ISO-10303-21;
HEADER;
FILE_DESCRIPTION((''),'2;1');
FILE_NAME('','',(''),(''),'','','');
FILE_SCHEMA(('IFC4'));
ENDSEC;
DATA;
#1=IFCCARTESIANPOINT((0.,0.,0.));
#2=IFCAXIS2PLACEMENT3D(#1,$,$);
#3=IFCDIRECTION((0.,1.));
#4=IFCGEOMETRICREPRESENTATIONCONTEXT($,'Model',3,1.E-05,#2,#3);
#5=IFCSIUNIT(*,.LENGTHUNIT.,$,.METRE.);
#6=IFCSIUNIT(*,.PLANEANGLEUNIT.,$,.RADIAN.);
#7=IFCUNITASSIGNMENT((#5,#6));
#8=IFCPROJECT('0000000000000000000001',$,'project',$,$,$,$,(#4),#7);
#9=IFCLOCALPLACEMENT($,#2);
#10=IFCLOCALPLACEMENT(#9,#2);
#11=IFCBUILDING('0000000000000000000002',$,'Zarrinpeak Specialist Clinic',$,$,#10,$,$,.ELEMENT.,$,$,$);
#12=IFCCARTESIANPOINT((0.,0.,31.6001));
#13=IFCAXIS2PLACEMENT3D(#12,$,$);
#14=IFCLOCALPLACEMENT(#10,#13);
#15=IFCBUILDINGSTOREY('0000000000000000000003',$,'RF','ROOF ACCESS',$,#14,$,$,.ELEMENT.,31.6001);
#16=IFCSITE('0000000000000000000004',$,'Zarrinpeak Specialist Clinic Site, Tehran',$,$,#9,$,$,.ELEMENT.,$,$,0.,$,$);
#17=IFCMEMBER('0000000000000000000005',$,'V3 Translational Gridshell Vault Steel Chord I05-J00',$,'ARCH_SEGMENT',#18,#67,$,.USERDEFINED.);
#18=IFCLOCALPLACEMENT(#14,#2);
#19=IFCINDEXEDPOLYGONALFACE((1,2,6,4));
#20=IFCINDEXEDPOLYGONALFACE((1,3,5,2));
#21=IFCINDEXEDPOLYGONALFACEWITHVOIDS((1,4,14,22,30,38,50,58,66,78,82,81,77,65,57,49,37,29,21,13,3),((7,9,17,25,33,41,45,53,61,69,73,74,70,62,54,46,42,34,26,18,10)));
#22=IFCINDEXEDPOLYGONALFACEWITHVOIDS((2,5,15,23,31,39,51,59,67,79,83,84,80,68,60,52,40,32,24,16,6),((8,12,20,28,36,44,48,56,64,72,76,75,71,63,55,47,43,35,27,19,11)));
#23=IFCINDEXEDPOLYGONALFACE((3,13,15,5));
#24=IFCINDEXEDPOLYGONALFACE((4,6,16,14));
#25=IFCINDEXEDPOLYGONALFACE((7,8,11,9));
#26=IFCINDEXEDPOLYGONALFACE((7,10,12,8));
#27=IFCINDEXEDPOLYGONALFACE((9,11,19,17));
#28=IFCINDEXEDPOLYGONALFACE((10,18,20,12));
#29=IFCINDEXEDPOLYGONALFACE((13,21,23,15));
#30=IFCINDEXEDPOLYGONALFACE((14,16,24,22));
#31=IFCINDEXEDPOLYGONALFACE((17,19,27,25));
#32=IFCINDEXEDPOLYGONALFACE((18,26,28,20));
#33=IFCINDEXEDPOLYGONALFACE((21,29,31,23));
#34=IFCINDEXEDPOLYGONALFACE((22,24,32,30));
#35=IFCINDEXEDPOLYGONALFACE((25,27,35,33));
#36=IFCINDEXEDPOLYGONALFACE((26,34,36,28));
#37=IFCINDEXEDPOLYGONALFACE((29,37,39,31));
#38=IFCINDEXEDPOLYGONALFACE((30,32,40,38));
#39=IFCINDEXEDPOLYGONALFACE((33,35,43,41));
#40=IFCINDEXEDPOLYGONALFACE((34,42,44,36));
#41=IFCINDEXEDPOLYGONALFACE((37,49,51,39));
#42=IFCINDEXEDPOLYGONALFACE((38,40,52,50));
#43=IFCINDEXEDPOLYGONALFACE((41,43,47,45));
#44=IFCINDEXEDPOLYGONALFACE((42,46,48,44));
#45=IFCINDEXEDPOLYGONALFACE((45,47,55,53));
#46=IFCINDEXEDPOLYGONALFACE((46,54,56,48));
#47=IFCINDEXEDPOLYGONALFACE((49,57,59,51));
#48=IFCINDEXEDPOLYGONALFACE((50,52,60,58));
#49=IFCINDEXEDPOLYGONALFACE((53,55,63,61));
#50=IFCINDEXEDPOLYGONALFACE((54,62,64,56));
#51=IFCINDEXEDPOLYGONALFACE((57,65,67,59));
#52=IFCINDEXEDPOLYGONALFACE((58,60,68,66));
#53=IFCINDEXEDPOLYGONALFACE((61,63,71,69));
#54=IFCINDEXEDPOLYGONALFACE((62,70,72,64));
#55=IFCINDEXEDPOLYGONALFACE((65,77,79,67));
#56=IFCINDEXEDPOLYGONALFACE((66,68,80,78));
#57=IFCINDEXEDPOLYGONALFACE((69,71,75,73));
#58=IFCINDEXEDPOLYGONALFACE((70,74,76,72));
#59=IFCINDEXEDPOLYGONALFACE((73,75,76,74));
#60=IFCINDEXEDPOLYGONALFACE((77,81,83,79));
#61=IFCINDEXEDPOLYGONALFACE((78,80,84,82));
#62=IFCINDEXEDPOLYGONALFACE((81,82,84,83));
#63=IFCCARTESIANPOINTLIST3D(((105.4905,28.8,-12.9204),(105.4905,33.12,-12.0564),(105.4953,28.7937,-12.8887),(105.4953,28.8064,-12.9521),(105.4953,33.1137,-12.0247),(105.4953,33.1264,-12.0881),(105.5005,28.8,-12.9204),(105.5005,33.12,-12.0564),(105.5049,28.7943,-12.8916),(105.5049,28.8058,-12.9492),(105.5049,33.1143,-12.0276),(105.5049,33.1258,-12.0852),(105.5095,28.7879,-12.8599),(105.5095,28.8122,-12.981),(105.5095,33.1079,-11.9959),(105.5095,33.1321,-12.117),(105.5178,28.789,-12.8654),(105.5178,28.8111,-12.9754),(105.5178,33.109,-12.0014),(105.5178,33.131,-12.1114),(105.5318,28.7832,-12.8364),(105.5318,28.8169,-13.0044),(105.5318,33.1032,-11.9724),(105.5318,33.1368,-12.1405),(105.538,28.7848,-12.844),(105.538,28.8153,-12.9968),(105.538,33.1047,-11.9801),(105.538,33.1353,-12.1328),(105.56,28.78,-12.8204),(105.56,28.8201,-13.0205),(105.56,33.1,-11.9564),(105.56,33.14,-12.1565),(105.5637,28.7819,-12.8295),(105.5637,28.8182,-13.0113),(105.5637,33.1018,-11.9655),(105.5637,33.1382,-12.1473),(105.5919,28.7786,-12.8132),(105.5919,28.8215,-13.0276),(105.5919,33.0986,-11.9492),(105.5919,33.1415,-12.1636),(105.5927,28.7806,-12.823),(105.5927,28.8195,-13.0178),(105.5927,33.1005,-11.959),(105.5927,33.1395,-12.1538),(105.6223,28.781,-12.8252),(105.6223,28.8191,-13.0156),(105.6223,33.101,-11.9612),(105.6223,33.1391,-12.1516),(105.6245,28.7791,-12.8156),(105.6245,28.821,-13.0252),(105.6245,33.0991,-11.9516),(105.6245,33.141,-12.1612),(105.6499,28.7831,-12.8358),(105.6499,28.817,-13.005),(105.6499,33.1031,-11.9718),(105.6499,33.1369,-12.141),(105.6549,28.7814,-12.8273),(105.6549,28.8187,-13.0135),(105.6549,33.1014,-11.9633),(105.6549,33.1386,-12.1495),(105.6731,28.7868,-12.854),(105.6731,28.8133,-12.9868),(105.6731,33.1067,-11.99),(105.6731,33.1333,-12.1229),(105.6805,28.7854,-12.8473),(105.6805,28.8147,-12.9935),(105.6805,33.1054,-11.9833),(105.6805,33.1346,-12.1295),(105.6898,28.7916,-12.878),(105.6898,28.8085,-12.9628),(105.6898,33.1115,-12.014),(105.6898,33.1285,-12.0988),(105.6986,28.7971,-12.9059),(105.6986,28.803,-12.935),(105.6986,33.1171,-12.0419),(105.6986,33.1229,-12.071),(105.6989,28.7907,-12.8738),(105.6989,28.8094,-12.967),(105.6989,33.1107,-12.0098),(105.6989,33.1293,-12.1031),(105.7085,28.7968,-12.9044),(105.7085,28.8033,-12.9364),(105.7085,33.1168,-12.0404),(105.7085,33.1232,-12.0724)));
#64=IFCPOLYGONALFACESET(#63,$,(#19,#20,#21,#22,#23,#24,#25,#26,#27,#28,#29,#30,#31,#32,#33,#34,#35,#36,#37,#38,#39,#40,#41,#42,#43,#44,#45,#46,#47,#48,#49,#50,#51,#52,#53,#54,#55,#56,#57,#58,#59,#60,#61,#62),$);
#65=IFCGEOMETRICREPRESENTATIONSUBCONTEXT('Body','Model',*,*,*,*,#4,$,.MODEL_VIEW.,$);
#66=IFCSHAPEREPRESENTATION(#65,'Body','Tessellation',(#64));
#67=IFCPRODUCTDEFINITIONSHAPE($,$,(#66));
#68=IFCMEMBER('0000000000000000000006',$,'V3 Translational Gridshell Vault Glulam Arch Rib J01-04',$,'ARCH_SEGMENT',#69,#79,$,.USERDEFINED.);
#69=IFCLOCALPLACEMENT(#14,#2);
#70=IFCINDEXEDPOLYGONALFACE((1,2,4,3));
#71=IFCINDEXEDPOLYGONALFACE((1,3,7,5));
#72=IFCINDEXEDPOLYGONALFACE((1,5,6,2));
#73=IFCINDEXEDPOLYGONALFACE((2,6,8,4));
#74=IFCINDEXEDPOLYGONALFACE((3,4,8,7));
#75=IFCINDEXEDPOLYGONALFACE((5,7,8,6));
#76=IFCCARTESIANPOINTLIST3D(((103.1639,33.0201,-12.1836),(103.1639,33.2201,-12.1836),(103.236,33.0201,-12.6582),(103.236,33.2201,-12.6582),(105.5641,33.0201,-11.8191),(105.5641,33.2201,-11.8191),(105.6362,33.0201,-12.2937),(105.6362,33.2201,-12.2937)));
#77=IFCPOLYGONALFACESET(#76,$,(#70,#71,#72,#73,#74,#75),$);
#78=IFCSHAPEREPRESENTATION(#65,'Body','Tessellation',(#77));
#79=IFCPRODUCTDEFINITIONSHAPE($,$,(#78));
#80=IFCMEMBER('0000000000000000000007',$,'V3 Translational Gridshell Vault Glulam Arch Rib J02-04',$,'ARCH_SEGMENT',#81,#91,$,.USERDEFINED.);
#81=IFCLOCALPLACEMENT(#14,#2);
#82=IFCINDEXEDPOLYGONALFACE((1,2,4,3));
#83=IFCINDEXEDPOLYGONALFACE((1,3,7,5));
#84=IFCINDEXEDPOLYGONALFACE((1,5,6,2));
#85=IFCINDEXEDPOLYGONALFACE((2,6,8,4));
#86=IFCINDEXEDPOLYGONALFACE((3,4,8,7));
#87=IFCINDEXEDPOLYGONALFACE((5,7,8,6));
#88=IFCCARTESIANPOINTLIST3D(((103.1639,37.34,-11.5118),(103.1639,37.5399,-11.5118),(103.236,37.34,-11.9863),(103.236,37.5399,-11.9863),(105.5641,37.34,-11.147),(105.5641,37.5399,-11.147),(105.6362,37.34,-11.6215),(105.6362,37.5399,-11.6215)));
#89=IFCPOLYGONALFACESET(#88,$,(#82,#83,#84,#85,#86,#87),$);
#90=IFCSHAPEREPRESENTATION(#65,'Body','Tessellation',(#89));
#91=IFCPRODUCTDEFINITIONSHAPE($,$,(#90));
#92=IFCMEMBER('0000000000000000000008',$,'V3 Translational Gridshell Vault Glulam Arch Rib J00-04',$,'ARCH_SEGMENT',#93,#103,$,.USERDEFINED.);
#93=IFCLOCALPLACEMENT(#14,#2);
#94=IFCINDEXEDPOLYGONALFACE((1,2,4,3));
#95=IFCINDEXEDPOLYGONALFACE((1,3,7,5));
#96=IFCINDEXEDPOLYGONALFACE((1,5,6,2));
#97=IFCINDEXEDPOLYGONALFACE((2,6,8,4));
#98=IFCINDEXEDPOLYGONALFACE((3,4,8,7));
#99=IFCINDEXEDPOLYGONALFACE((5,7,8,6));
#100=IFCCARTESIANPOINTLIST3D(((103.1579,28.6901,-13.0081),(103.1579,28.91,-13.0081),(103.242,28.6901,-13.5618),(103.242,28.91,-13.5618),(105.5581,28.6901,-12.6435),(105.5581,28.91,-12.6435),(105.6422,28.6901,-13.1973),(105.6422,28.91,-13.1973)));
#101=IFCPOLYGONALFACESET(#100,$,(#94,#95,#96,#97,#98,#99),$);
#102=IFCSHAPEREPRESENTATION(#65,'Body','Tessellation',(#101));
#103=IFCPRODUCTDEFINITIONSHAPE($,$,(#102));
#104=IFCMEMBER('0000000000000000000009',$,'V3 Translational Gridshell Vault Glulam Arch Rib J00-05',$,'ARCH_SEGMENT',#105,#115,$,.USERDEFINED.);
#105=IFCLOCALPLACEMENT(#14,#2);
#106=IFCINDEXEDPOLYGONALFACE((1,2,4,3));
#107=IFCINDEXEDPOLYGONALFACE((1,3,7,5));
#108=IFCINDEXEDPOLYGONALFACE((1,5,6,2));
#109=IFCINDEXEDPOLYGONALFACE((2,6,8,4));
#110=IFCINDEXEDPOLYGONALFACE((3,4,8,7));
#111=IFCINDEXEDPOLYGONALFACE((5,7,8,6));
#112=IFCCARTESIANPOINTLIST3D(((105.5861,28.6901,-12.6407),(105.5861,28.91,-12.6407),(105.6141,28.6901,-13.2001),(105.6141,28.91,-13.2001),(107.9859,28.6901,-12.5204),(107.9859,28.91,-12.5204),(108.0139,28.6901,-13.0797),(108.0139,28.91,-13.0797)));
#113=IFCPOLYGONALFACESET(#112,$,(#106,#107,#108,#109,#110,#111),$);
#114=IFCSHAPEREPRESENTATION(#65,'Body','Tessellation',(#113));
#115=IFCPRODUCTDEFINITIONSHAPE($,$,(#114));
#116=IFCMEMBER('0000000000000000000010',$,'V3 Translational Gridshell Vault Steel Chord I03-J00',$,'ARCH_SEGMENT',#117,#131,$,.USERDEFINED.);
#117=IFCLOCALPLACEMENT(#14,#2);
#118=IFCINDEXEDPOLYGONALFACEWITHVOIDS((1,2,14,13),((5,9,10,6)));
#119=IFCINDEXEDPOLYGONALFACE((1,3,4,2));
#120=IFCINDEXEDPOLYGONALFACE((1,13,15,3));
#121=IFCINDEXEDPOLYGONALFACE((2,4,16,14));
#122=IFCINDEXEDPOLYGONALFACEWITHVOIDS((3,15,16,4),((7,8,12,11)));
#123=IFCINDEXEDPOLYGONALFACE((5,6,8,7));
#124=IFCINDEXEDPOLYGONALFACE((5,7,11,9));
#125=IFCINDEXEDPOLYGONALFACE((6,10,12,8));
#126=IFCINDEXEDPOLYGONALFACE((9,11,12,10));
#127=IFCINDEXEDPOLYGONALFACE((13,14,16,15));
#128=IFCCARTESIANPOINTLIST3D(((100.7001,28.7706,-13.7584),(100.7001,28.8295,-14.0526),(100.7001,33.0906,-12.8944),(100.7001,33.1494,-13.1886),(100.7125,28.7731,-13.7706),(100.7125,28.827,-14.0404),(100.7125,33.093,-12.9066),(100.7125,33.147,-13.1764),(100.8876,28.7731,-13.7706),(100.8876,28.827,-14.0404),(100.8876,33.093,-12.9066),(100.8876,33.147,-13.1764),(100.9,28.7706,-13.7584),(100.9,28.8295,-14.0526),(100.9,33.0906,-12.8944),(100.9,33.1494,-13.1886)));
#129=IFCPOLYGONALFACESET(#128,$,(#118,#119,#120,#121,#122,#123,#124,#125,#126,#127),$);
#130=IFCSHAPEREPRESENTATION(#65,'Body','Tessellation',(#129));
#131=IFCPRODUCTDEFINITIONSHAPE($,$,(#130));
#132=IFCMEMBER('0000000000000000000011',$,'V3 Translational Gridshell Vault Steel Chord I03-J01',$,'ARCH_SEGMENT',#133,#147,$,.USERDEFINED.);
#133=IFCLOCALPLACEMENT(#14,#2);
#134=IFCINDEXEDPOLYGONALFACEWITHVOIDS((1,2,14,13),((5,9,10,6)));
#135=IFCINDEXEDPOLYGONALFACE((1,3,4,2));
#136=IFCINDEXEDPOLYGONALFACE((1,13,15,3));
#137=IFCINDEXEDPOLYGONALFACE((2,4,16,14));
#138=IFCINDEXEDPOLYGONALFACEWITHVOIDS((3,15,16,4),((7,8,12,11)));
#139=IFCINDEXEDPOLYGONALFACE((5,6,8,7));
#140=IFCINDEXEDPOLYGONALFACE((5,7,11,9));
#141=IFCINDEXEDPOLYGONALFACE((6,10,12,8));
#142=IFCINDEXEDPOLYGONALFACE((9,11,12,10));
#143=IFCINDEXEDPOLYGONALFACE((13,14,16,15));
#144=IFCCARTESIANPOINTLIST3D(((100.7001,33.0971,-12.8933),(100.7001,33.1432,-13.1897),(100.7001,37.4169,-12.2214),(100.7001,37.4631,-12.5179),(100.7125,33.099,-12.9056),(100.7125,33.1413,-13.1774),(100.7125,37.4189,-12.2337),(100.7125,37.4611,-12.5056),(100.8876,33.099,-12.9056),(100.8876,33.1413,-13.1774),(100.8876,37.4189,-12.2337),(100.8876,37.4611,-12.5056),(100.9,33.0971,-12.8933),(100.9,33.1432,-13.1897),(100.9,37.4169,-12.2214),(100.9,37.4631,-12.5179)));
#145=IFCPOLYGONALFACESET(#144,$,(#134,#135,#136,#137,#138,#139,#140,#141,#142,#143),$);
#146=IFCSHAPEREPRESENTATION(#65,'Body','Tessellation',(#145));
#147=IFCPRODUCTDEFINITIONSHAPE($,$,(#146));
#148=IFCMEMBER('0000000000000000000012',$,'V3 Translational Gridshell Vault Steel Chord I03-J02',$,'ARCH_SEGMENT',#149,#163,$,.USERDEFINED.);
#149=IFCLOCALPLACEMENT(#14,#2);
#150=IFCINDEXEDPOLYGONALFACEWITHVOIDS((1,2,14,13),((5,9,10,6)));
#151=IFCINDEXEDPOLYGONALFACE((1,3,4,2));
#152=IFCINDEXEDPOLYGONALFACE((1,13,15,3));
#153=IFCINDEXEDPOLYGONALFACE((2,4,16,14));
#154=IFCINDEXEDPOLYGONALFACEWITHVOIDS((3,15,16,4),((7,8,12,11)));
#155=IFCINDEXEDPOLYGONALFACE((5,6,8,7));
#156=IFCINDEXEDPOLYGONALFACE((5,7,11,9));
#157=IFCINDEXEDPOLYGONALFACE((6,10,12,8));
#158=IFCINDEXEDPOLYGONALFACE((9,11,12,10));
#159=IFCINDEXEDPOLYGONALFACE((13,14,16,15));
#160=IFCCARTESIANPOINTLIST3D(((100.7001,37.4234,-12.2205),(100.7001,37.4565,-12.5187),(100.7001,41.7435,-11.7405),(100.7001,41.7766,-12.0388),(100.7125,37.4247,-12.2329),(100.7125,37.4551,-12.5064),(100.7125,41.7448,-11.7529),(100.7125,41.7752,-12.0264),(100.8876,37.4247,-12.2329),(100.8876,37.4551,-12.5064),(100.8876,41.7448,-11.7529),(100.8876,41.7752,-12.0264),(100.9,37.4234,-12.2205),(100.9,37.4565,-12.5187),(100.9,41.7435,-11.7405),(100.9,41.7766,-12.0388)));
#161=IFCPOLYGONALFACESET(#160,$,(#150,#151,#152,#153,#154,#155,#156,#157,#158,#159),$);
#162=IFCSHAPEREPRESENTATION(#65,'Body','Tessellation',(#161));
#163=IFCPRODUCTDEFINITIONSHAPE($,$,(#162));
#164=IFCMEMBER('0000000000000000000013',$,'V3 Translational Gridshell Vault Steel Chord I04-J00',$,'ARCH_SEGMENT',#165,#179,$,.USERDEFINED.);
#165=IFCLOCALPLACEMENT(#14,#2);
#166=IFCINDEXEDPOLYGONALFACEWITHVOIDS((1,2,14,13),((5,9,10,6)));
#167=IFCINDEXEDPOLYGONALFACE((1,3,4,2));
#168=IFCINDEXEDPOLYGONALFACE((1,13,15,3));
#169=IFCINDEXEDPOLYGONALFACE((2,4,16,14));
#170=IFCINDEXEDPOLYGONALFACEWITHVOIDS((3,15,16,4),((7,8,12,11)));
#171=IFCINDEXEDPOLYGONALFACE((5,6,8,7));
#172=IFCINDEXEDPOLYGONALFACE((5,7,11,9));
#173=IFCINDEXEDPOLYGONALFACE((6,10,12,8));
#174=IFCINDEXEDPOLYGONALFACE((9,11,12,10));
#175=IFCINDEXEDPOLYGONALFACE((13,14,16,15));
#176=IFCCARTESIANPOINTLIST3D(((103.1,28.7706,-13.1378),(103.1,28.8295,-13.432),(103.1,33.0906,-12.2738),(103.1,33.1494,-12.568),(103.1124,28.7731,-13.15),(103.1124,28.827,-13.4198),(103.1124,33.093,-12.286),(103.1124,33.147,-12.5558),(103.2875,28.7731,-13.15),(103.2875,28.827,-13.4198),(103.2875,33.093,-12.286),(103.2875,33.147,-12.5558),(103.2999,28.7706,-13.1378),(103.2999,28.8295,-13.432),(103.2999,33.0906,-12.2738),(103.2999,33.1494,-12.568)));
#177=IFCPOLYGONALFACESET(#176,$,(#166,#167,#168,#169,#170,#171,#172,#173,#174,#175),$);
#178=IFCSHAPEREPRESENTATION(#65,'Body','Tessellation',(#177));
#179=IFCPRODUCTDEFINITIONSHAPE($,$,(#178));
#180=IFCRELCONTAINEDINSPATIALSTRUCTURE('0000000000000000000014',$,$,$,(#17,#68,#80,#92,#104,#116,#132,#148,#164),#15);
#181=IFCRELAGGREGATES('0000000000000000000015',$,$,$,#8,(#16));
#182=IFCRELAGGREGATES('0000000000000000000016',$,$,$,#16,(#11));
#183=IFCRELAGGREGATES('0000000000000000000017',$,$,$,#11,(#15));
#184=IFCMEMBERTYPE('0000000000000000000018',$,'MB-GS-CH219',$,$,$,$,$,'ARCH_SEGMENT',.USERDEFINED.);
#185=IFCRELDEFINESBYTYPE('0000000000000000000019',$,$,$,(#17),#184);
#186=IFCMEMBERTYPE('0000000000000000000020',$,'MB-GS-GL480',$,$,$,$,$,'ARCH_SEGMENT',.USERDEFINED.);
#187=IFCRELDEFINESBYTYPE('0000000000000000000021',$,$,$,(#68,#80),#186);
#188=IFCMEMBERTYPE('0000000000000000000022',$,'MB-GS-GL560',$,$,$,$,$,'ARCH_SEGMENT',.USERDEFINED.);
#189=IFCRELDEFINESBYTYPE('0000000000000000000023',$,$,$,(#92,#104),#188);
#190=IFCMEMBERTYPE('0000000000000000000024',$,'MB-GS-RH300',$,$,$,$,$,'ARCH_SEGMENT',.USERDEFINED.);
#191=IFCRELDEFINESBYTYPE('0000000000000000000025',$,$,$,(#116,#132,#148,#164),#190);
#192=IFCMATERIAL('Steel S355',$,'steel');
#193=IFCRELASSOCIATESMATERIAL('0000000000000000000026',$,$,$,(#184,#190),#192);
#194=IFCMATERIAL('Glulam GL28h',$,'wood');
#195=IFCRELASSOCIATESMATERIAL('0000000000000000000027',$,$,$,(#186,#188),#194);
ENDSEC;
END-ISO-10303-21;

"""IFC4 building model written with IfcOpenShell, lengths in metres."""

from ifc_helpers import new_model, si_unit, direction, frame, origin, origin_2d, place, context, subcontext, project, spatial, rectangle, hollow_rectangle, hollow_circle, extrude, material, material_profile, profile_set, type_object, element, save


model = new_model("IFC4")

# Units and contexts
model_context = context("Model", 3, precision=1e-05, world=origin(), true_north=direction((0.0, 1.0)))
body_context = subcontext(model_context, "Body", "Model", "MODEL_VIEW")
ifc_project = project(units=[si_unit("LENGTHUNIT", "METRE"), si_unit("PLANEANGLEUNIT", "RADIAN")], contexts=[model_context])

# Site, building, storey
site_placement = place(None, origin())
site = spatial("IfcSite", under=ifc_project, at=site_placement, Name="Zarrinpeak Specialist Clinic Site, Tehran", CompositionType="ELEMENT", RefElevation=0.0)
building_placement = place(site_placement, origin())
building = spatial("IfcBuilding", under=site, at=building_placement, Name="Zarrinpeak Specialist Clinic", CompositionType="ELEMENT")
storey_placement = place(building_placement, frame((0.0, 0.0, 31.6001)))
storey = spatial("IfcBuildingStorey", under=building, at=storey_placement, Name="RF", Description="ROOF ACCESS", CompositionType="ELEMENT", Elevation=31.6001)

# Members
ifc_material_1 = material(Name="Steel S355", Category="steel")
ifc_material_profile_1 = material_profile(ifc_material_1, hollow_circle(Radius=0.1096, WallThickness=0.01, at=origin_2d()), Name="CHS 219.1x10.0")
ifc_profile_set_1 = profile_set([ifc_material_profile_1], Name="Steel S355")
member_type_1 = type_object("IfcMemberType", Name="MB-GS-CH219", ElementType="ARCH_SEGMENT", PredefinedType="USERDEFINED", material=ifc_profile_set_1)
member_1_placement = place(storey_placement, frame((105.6001, 28.8, -12.9204), z_axis=(0.0, 0.980581, 0.196116), x_axis=(-1.0, 0.0, 0.0)))
element("IfcMember", 1, at=member_1_placement, inside=storey, type_object=member_type_1, Name="V3 Translational Gridshell Vault Steel Chord I05-J00", ObjectType="ARCH_SEGMENT", PredefinedType="USERDEFINED", context=body_context, shape_type="SweptSolid", body=[
    extrude(hollow_circle(Radius=0.1096, WallThickness=0.01, at=origin_2d()), origin(), (0.0, 0.0, 1.0), 4.4055),
])
ifc_material_2 = material(Name="Glulam GL28h", Category="wood")
ifc_material_profile_2 = material_profile(ifc_material_2, rectangle(XDim=0.2, YDim=0.48, at=origin_2d()), Name="GL28h 200x480")
ifc_profile_set_2 = profile_set([ifc_material_profile_2], Name="Glulam GL28h")
member_type_2 = type_object("IfcMemberType", Name="MB-GS-GL480", ElementType="ARCH_SEGMENT", PredefinedType="USERDEFINED", material=ifc_profile_set_2)
for number, where, z_axis, x_axis, name in (
    (2, (103.2, 33.1201, -12.4209), (0.988664, 0.0, 0.150145), (0.0, 1.0, 0.0), "V3 Translational Gridshell Vault Glulam Arch Rib J01-04"),
    (3, (103.2, 37.4399, -11.749), (0.988649, 0.0, 0.150243), (0.0, 1.0, 0.0), "V3 Translational Gridshell Vault Glulam Arch Rib J02-04"),
):
    element("IfcMember", number, at=place(storey_placement, frame(where, z_axis=z_axis, x_axis=x_axis)), inside=storey, type_object=member_type_2, Name=name, ObjectType="ARCH_SEGMENT", PredefinedType="USERDEFINED", context=body_context, shape_type="SweptSolid", body=[
        extrude(rectangle(XDim=0.2, YDim=0.48, at=origin_2d()), origin(), (0.0, 0.0, 1.0), 2.4277),
    ])
ifc_material_profile_3 = material_profile(ifc_material_2, rectangle(XDim=0.22, YDim=0.5601, at=origin_2d()), Name="GL28h 220x560")
ifc_profile_set_3 = profile_set([ifc_material_profile_3], Name="Glulam GL28h")
member_type_3 = type_object("IfcMemberType", Name="MB-GS-GL560", ElementType="ARCH_SEGMENT", PredefinedType="USERDEFINED", material=ifc_profile_set_3)
member_2_placement = place(storey_placement, frame((103.2, 28.8, -13.2849), z_axis=(0.988664, 0.0, 0.150145), x_axis=(0.0, 1.0, 0.0)))
element("IfcMember", 4, at=member_2_placement, inside=storey, type_object=member_type_3, Name="V3 Translational Gridshell Vault Glulam Arch Rib J00-04", ObjectType="ARCH_SEGMENT", PredefinedType="USERDEFINED", context=body_context, shape_type="SweptSolid", body=[
    extrude(rectangle(XDim=0.22, YDim=0.5601, at=origin_2d()), origin(), (0.0, 0.0, 1.0), 2.4277),
])
member_3_placement = place(storey_placement, frame((105.6001, 28.8, -12.9204), z_axis=(0.998745, 0.0, 0.05009), x_axis=(0.0, 1.0, 0.0)))
element("IfcMember", 5, at=member_3_placement, inside=storey, type_object=member_type_3, Name="V3 Translational Gridshell Vault Glulam Arch Rib J00-05", ObjectType="ARCH_SEGMENT", PredefinedType="USERDEFINED", context=body_context, shape_type="SweptSolid", body=[
    extrude(rectangle(XDim=0.22, YDim=0.5601, at=origin_2d()), origin(), (0.0, 0.0, 1.0), 2.4028),
])
ifc_material_profile_4 = material_profile(ifc_material_1, hollow_rectangle(XDim=0.2, YDim=0.3, WallThickness=0.0125, at=origin_2d()), Name="RHS 300x200x12.5")
ifc_profile_set_4 = profile_set([ifc_material_profile_4], Name="Steel S355")
member_type_4 = type_object("IfcMemberType", Name="MB-GS-RH300", ElementType="ARCH_SEGMENT", PredefinedType="USERDEFINED", material=ifc_profile_set_4)
member_4_placement = place(storey_placement, frame((100.8, 28.8, -13.9055), z_axis=(0.0, 0.980581, 0.196116), x_axis=(-1.0, 0.0, 0.0)))
element("IfcMember", 6, at=member_4_placement, inside=storey, type_object=member_type_4, Name="V3 Translational Gridshell Vault Steel Chord I03-J00", ObjectType="ARCH_SEGMENT", PredefinedType="USERDEFINED", context=body_context, shape_type="SweptSolid", body=[
    extrude(hollow_rectangle(XDim=0.2, YDim=0.3, WallThickness=0.0125, at=origin_2d()), origin(), (0.0, 0.0, 1.0), 4.4055),
])
member_5_placement = place(storey_placement, frame((100.8, 33.1201, -13.0415), z_axis=(0.0, 0.98812, 0.153685), x_axis=(-1.0, 0.0, 0.0)))
element("IfcMember", 7, at=member_5_placement, inside=storey, type_object=member_type_4, Name="V3 Translational Gridshell Vault Steel Chord I03-J01", ObjectType="ARCH_SEGMENT", PredefinedType="USERDEFINED", context=body_context, shape_type="SweptSolid", body=[
    extrude(hollow_rectangle(XDim=0.2, YDim=0.3, WallThickness=0.0125, at=origin_2d()), origin(), (0.0, 0.0, 1.0), 4.3718),
])
member_6_placement = place(storey_placement, frame((100.8, 37.4399, -12.3696), z_axis=(0.0, 0.993884, 0.110425), x_axis=(-1.0, 0.0, 0.0)))
element("IfcMember", 8, at=member_6_placement, inside=storey, type_object=member_type_4, Name="V3 Translational Gridshell Vault Steel Chord I03-J02", ObjectType="ARCH_SEGMENT", PredefinedType="USERDEFINED", context=body_context, shape_type="SweptSolid", body=[
    extrude(hollow_rectangle(XDim=0.2, YDim=0.3, WallThickness=0.0125, at=origin_2d()), origin(), (0.0, 0.0, 1.0), 4.3467),
])
member_7_placement = place(storey_placement, frame((103.2, 28.8, -13.2849), z_axis=(0.0, 0.980581, 0.196116), x_axis=(-1.0, 0.0, 0.0)))
element("IfcMember", 9, at=member_7_placement, inside=storey, type_object=member_type_4, Name="V3 Translational Gridshell Vault Steel Chord I04-J00", ObjectType="ARCH_SEGMENT", PredefinedType="USERDEFINED", context=body_context, shape_type="SweptSolid", body=[
    extrude(hollow_rectangle(XDim=0.2, YDim=0.3, WallThickness=0.0125, at=origin_2d()), origin(), (0.0, 0.0, 1.0), 4.4055),
])

save(model, "model.ifc")
